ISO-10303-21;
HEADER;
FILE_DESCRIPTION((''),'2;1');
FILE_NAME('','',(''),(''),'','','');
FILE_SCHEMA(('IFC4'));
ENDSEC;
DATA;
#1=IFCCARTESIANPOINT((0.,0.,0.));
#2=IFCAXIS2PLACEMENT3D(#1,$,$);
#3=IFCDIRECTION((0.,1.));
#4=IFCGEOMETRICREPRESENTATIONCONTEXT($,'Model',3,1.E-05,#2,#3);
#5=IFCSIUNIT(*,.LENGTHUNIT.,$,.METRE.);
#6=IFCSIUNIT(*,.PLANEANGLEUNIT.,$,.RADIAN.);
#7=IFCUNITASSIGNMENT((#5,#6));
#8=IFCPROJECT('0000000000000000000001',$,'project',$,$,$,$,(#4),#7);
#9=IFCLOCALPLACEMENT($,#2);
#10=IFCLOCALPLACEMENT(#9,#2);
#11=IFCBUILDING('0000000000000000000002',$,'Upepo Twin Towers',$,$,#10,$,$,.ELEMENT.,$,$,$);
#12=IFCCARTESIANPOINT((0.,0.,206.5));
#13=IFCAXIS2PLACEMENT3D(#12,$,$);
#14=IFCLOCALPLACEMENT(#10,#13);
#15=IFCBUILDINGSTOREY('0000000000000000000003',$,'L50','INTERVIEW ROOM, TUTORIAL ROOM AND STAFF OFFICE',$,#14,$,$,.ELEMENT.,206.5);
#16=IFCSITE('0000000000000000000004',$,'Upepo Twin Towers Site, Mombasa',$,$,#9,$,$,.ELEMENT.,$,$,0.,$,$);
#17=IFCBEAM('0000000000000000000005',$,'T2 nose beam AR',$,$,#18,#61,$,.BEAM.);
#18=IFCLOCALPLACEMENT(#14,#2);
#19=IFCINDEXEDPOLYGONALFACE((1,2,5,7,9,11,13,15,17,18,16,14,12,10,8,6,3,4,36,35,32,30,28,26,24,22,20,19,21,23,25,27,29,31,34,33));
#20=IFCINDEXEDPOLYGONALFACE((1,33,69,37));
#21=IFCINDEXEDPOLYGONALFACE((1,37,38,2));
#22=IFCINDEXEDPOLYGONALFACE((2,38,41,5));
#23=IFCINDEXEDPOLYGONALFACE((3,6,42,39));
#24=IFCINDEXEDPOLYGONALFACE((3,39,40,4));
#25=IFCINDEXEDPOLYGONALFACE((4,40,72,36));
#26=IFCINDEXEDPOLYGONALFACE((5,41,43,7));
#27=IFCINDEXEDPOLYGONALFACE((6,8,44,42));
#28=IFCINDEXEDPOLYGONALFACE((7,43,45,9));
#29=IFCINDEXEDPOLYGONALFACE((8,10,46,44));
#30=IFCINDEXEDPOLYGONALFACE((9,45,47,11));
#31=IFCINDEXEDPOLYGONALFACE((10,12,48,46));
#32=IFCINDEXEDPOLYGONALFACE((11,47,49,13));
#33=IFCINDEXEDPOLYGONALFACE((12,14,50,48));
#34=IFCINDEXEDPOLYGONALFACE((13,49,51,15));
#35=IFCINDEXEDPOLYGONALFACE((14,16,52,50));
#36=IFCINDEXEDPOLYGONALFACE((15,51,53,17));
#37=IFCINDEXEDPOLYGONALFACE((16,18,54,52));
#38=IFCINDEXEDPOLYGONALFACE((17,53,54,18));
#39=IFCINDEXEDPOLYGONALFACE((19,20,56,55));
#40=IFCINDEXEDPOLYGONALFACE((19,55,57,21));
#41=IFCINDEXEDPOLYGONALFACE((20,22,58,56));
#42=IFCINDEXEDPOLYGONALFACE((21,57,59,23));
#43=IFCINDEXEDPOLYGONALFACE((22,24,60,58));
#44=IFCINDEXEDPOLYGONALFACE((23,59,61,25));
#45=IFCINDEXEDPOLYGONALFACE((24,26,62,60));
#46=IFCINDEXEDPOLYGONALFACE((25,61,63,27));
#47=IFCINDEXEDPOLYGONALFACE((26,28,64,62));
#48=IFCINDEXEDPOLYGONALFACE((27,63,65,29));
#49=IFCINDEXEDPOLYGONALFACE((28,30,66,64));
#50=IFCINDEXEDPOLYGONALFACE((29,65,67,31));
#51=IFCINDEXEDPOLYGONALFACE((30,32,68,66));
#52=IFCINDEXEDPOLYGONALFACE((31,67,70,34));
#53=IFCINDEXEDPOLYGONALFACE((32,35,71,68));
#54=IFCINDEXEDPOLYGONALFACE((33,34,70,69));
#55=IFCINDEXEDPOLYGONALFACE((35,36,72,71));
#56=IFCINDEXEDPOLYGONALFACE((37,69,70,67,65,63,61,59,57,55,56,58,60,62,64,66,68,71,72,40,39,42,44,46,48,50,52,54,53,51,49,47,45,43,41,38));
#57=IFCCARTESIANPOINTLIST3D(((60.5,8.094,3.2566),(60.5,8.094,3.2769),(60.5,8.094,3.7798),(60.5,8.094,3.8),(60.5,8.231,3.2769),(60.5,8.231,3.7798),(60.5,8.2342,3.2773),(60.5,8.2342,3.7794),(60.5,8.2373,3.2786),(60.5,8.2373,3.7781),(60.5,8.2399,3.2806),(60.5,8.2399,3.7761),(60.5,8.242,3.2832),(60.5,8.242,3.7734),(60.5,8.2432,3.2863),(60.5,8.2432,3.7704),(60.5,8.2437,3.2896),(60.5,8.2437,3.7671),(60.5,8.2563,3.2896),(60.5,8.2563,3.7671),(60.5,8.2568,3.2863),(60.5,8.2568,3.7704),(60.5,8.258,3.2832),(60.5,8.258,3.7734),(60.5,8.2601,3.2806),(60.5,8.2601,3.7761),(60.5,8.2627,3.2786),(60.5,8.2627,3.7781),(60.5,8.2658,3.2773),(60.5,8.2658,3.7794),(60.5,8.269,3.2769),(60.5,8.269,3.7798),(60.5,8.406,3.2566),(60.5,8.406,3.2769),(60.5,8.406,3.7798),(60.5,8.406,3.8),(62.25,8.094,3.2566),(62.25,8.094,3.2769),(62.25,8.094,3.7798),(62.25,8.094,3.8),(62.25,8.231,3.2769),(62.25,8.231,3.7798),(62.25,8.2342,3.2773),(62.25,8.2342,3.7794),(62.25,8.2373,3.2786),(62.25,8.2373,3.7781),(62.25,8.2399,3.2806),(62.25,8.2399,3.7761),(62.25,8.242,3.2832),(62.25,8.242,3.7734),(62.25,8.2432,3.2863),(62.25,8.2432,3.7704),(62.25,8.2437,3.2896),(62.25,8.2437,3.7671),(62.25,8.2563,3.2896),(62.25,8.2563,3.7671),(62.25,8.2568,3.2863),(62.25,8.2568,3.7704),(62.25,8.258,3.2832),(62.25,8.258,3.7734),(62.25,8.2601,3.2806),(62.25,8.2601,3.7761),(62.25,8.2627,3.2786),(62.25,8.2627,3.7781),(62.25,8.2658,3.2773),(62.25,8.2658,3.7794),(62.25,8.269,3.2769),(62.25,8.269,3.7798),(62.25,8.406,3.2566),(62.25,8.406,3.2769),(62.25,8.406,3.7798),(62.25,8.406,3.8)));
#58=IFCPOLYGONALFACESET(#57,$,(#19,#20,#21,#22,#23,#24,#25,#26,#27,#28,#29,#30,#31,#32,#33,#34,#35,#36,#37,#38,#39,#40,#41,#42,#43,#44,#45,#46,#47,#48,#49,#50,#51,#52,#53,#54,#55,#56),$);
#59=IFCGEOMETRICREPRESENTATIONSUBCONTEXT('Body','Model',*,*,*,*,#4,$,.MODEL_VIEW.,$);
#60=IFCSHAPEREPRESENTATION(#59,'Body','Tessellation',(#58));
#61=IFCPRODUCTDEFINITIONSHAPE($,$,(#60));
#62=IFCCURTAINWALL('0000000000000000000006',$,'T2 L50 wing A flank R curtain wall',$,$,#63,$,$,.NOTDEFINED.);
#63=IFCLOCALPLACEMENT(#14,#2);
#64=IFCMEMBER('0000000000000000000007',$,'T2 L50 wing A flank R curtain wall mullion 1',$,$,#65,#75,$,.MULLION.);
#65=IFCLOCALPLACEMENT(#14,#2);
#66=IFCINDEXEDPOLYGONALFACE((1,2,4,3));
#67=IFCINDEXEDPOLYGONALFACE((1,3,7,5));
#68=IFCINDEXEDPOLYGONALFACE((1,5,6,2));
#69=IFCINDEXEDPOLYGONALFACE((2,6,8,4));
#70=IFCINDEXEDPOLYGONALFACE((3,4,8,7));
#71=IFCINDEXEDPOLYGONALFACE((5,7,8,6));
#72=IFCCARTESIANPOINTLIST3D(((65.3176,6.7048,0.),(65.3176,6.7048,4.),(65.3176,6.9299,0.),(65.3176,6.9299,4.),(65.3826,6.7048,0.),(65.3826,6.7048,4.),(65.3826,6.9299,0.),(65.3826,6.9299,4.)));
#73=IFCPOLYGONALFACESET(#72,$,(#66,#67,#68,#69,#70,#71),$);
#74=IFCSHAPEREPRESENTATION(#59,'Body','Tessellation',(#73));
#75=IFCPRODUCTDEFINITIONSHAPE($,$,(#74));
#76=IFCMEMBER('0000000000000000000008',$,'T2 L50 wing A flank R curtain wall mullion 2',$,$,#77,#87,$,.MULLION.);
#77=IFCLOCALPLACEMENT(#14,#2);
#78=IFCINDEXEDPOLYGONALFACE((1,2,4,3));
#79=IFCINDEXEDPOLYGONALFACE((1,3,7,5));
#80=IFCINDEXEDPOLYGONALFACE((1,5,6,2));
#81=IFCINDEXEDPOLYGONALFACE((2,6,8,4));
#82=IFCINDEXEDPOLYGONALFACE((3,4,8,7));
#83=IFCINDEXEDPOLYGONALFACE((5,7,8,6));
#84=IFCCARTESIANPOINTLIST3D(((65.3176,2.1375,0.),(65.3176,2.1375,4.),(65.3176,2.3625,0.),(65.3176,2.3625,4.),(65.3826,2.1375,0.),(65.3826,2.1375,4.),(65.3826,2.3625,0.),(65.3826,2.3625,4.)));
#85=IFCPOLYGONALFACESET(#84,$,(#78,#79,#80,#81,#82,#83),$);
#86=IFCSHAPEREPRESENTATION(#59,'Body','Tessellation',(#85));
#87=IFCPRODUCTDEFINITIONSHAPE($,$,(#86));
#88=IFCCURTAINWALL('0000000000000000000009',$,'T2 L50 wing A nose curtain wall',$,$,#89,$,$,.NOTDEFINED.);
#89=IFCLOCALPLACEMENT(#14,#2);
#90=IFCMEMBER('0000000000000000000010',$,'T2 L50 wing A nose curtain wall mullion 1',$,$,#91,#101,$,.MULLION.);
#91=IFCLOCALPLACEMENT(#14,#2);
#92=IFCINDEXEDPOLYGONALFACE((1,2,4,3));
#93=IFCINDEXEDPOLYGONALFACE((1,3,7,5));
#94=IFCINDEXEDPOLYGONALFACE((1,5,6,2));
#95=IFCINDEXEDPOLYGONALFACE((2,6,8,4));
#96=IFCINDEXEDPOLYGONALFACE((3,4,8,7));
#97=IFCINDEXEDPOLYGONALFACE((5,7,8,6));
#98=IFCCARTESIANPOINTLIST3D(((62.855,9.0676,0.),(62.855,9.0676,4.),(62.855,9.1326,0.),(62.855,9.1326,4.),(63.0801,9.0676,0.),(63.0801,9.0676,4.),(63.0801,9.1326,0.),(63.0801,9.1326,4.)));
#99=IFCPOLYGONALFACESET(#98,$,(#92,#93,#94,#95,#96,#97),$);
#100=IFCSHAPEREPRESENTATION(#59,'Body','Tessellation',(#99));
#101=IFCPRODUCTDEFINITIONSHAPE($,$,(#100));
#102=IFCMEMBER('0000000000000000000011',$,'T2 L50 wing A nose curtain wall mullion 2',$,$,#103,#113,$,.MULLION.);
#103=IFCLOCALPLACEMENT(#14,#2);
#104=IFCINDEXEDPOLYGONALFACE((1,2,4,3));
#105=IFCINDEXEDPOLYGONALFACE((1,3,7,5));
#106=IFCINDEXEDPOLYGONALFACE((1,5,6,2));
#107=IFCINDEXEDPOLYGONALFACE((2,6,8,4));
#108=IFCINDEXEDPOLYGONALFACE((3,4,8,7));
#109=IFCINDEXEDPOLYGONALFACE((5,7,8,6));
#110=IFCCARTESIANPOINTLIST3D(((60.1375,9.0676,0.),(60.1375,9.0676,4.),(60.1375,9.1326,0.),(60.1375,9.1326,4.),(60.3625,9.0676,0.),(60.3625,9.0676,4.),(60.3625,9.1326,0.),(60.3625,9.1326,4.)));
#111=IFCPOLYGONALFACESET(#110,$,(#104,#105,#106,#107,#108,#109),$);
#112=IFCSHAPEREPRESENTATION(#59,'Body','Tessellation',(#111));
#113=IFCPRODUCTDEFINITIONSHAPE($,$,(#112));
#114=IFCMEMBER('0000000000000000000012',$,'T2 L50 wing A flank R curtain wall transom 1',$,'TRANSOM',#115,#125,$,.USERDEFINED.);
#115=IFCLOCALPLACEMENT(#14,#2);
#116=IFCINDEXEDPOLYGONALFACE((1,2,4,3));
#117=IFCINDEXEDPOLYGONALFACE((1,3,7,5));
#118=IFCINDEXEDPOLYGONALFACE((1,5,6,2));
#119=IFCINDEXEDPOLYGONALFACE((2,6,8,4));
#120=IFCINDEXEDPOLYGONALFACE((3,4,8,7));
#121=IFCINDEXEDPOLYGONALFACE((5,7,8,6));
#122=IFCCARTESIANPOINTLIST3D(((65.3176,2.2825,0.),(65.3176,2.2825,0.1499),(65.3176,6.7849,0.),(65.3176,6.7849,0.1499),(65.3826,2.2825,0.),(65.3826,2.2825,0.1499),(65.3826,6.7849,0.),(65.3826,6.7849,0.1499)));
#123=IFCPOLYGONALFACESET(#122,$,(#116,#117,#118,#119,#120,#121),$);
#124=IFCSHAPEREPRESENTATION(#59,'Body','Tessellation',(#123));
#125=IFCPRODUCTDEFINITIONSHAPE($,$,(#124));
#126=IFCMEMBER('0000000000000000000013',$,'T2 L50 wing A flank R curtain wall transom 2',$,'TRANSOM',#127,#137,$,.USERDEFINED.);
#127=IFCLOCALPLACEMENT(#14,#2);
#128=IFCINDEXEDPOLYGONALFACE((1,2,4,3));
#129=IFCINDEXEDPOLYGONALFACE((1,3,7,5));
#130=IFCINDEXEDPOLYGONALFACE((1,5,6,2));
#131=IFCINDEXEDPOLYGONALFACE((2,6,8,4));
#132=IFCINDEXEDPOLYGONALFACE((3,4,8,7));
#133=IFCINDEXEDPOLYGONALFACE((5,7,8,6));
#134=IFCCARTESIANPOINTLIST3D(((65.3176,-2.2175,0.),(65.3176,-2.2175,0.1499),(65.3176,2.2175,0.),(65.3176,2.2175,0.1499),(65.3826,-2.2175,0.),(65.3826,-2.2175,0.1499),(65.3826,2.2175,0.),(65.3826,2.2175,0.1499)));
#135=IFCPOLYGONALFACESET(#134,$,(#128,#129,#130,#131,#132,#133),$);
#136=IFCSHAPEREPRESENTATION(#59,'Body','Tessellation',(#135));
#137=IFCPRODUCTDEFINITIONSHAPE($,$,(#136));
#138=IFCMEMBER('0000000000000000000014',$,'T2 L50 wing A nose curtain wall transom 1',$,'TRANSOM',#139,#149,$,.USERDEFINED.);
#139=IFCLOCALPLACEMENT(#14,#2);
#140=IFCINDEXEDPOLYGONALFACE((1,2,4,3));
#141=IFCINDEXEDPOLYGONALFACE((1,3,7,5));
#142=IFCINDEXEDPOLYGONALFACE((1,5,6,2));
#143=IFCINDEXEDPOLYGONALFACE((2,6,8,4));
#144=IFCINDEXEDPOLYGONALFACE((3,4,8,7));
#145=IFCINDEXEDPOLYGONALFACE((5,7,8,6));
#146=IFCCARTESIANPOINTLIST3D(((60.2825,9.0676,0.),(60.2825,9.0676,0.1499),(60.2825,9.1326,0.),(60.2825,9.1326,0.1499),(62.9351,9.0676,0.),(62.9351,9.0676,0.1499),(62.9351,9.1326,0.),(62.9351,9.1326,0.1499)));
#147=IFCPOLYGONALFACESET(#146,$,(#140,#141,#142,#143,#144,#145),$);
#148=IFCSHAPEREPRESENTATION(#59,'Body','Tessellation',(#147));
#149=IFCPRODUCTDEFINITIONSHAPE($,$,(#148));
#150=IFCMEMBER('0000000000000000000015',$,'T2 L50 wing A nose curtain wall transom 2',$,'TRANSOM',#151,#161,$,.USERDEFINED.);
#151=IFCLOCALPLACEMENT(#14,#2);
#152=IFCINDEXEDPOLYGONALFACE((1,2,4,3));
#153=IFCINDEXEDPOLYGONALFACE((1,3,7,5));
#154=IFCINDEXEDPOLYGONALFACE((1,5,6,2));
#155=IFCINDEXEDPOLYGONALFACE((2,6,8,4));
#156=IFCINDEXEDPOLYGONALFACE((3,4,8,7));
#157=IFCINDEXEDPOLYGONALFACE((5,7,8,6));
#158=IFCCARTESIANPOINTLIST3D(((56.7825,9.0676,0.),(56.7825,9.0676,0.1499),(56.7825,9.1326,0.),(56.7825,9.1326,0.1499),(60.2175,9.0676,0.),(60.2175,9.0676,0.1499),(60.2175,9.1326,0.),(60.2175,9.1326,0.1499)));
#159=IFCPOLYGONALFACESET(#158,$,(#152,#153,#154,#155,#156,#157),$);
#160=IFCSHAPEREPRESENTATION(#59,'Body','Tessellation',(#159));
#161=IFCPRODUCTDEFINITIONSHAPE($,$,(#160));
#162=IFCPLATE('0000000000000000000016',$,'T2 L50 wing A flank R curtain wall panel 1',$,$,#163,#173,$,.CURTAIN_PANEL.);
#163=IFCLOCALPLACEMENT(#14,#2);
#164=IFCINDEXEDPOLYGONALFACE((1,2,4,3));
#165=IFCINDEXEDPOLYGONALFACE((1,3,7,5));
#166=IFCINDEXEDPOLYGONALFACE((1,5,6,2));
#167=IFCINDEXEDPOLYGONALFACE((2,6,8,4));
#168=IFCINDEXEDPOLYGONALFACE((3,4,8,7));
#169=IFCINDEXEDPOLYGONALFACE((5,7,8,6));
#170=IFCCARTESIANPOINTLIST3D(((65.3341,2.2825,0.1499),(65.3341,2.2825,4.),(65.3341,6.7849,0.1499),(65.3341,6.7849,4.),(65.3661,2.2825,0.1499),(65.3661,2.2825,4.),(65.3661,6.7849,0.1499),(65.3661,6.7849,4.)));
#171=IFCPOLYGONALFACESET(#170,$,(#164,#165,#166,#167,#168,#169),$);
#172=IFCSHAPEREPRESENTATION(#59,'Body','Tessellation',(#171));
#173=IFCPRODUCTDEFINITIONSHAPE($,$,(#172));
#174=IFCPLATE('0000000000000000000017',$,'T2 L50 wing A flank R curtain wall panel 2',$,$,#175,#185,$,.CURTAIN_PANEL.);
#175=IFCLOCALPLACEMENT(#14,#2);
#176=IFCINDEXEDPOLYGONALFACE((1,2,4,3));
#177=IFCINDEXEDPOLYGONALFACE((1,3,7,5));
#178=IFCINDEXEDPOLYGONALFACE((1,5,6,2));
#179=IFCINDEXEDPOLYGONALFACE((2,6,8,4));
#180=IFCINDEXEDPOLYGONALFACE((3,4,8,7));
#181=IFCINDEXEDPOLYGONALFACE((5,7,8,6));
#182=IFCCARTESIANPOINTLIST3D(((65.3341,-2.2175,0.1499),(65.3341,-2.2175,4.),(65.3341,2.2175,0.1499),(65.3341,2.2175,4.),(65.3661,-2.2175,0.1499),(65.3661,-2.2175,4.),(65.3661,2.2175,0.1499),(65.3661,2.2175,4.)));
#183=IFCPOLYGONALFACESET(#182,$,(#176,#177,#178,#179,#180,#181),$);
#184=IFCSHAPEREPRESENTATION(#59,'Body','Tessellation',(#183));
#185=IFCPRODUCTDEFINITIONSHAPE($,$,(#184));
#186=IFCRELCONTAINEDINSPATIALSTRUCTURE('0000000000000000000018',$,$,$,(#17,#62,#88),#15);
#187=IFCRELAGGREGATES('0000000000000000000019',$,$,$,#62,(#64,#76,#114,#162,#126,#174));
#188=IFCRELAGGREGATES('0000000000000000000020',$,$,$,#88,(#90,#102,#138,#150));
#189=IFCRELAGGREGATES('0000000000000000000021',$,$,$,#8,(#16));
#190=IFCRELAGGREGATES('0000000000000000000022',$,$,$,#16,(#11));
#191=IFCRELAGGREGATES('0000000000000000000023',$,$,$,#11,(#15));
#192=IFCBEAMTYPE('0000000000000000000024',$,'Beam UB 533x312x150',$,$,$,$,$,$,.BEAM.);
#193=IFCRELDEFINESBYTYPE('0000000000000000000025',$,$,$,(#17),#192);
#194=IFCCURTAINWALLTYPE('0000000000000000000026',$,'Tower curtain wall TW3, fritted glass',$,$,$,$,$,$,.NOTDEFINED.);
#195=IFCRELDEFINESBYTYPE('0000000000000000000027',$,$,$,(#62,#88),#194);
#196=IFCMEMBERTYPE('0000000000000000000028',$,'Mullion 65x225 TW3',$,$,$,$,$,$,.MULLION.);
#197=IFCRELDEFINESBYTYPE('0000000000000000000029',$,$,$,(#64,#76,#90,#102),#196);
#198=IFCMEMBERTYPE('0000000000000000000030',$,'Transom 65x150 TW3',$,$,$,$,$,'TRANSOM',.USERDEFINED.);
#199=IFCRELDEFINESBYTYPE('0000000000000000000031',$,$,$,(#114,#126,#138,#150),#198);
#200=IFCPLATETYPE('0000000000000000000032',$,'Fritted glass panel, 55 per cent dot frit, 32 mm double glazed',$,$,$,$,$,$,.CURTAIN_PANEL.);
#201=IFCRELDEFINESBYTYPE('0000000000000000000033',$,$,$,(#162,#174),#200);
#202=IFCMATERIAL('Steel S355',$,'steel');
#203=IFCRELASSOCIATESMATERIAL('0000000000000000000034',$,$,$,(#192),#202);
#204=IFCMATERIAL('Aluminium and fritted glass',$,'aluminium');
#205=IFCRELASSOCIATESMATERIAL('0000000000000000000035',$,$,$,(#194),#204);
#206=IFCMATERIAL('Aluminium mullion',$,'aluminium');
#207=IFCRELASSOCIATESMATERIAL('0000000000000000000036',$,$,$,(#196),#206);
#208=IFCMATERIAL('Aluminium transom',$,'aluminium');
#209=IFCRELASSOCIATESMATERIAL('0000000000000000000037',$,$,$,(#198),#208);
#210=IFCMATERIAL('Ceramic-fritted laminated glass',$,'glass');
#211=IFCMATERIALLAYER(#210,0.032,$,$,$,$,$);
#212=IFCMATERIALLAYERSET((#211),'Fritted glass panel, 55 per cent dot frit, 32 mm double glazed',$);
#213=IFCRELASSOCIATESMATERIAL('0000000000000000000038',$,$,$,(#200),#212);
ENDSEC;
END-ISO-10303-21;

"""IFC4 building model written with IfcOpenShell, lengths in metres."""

from ifc_helpers import new_model, si_unit, direction, frame, origin, origin_2d, place, context, subcontext, project, spatial, rectangle, i_section, extrude, material, layer, layer_set, material_profile, profile_set, type_object, element, aggregate, save


model = new_model("IFC4")

# Units and contexts
model_context = context("Model", 3, precision=1e-05, world=origin(), true_north=direction((0.0, 1.0)))
body_context = subcontext(model_context, "Body", "Model", "MODEL_VIEW")
ifc_project = project(units=[si_unit("LENGTHUNIT", "METRE"), si_unit("PLANEANGLEUNIT", "RADIAN")], contexts=[model_context])

# Site, building, storey
site_placement = place(None, origin())
site = spatial("IfcSite", under=ifc_project, at=site_placement, Name="Upepo Twin Towers Site, Mombasa", CompositionType="ELEMENT", RefElevation=0.0)
building_placement = place(site_placement, origin())
building = spatial("IfcBuilding", under=site, at=building_placement, Name="Upepo Twin Towers", CompositionType="ELEMENT")
storey_placement = place(building_placement, frame((0.0, 0.0, 206.5)))
storey = spatial("IfcBuildingStorey", under=building, at=storey_placement, Name="L50", Description="INTERVIEW ROOM, TUTORIAL ROOM AND STAFF OFFICE", CompositionType="ELEMENT", Elevation=206.5)

# Beam
ifc_material_1 = material(Name="Steel S355", Category="steel")
ifc_material_profile_1 = material_profile(ifc_material_1, i_section(OverallWidth=0.312, OverallDepth=0.5435, WebThickness=0.0127, FlangeThickness=0.0203, FilletRadius=0.0127, at=origin_2d()), Name="UB 533x312x150")
ifc_profile_set_1 = profile_set([ifc_material_profile_1], Name="Steel S355")
beam_type_1 = type_object("IfcBeamType", Name="Beam UB 533x312x150", PredefinedType="BEAM", material=ifc_profile_set_1)
beam_1_placement = place(storey_placement, frame((62.25, 8.25, 3.5283), z_axis=(-1.0, 0.0, 0.0), x_axis=(0.0, -1.0, 0.0)))
element("IfcBeam", 1, at=beam_1_placement, inside=storey, type_object=beam_type_1, Name="T2 nose beam AR", PredefinedType="BEAM", context=body_context, shape_type="SweptSolid", body=[
    extrude(i_section(OverallWidth=0.312, OverallDepth=0.5435, WebThickness=0.0127, FlangeThickness=0.0203, FilletRadius=0.0127, at=origin_2d()), origin(), (0.0, 0.0, 1.0), 1.75),
])

# Curtain walls, members
ifc_material_2 = material(Name="Aluminium and fritted glass", Category="aluminium")
curtain_wall_type = type_object("IfcCurtainWallType", Name="Tower curtain wall TW3, fritted glass", PredefinedType="NOTDEFINED", material=ifc_material_2)
curtain_wall_1_placement = place(storey_placement, origin())
curtain_wall_1 = element("IfcCurtainWall", 2, at=curtain_wall_1_placement, inside=storey, type_object=curtain_wall_type, Name="T2 L50 wing A flank R curtain wall", PredefinedType="NOTDEFINED")
ifc_material_3 = material(Name="Aluminium mullion", Category="aluminium")
ifc_material_profile_2 = material_profile(ifc_material_3, rectangle(XDim=0.0649, YDim=0.2251, at=origin_2d()), Name="MULLION 65x225")
ifc_profile_set_2 = profile_set([ifc_material_profile_2], Name="Aluminium mullion")
member_type_1 = type_object("IfcMemberType", Name="Mullion 65x225 TW3", PredefinedType="MULLION", material=ifc_profile_set_2)
member_1_placement = place(storey_placement, frame((65.3501, 6.8174, 0.0), z_axis=(0.0, 0.0, 1.0), x_axis=(1.0, 0.0, 0.0)))
member_1 = element("IfcMember", 3, at=member_1_placement, type_object=member_type_1, Name="T2 L50 wing A flank R curtain wall mullion 1", PredefinedType="MULLION", context=body_context, shape_type="SweptSolid", body=[
    extrude(rectangle(XDim=0.0649, YDim=0.2251, at=origin_2d()), origin(), (0.0, 0.0, 1.0), 4.0),
])
member_2_placement = place(storey_placement, frame((65.3501, 2.25, 0.0), z_axis=(0.0, 0.0, 1.0), x_axis=(1.0, 0.0, 0.0)))
member_2 = element("IfcMember", 4, at=member_2_placement, type_object=member_type_1, Name="T2 L50 wing A flank R curtain wall mullion 2", PredefinedType="MULLION", context=body_context, shape_type="SweptSolid", body=[
    extrude(rectangle(XDim=0.0649, YDim=0.2251, at=origin_2d()), origin(), (0.0, 0.0, 1.0), 4.0),
])
curtain_wall_2_placement = place(storey_placement, origin())
curtain_wall_2 = element("IfcCurtainWall", 5, at=curtain_wall_2_placement, inside=storey, type_object=curtain_wall_type, Name="T2 L50 wing A nose curtain wall", PredefinedType="NOTDEFINED")
member_3_placement = place(storey_placement, frame((62.9675, 9.1001, 0.0), z_axis=(0.0, 0.0, 1.0), x_axis=(0.0, -1.0, 0.0)))
member_3 = element("IfcMember", 6, at=member_3_placement, type_object=member_type_1, Name="T2 L50 wing A nose curtain wall mullion 1", PredefinedType="MULLION", context=body_context, shape_type="SweptSolid", body=[
    extrude(rectangle(XDim=0.0649, YDim=0.2251, at=origin_2d()), origin(), (0.0, 0.0, 1.0), 4.0),
])
member_4_placement = place(storey_placement, frame((60.25, 9.1001, 0.0), z_axis=(0.0, 0.0, 1.0), x_axis=(0.0, -1.0, 0.0)))
member_4 = element("IfcMember", 7, at=member_4_placement, type_object=member_type_1, Name="T2 L50 wing A nose curtain wall mullion 2", PredefinedType="MULLION", context=body_context, shape_type="SweptSolid", body=[
    extrude(rectangle(XDim=0.0649, YDim=0.2251, at=origin_2d()), origin(), (0.0, 0.0, 1.0), 4.0),
])

# Members
ifc_material_4 = material(Name="Aluminium transom", Category="aluminium")
ifc_material_profile_3 = material_profile(ifc_material_4, rectangle(XDim=0.0649, YDim=0.1499, at=origin_2d()), Name="TRANSOM 65x150")
ifc_profile_set_3 = profile_set([ifc_material_profile_3], Name="Aluminium transom")
member_type_2 = type_object("IfcMemberType", Name="Transom 65x150 TW3", ElementType="TRANSOM", PredefinedType="USERDEFINED", material=ifc_profile_set_3)
member_5_placement = place(storey_placement, frame((65.3501, 6.7849, 0.075), z_axis=(0.0, -1.0, 0.0), x_axis=(1.0, 0.0, 0.0)))
member_5 = element("IfcMember", 8, at=member_5_placement, type_object=member_type_2, Name="T2 L50 wing A flank R curtain wall transom 1", ObjectType="TRANSOM", PredefinedType="USERDEFINED", context=body_context, shape_type="SweptSolid", body=[
    extrude(rectangle(XDim=0.0649, YDim=0.1499, at=origin_2d()), origin(), (0.0, 0.0, 1.0), 4.5024),
])
member_6_placement = place(storey_placement, frame((65.3501, 2.2175, 0.075), z_axis=(0.0, -1.0, 0.0), x_axis=(1.0, 0.0, 0.0)))
member_6 = element("IfcMember", 9, at=member_6_placement, type_object=member_type_2, Name="T2 L50 wing A flank R curtain wall transom 2", ObjectType="TRANSOM", PredefinedType="USERDEFINED", context=body_context, shape_type="SweptSolid", body=[
    extrude(rectangle(XDim=0.0649, YDim=0.1499, at=origin_2d()), origin(), (0.0, 0.0, 1.0), 4.4351),
])
member_7_placement = place(storey_placement, frame((62.9351, 9.1001, 0.075), z_axis=(-1.0, 0.0, 0.0), x_axis=(0.0, -1.0, 0.0)))
member_7 = element("IfcMember", 10, at=member_7_placement, type_object=member_type_2, Name="T2 L50 wing A nose curtain wall transom 1", ObjectType="TRANSOM", PredefinedType="USERDEFINED", context=body_context, shape_type="SweptSolid", body=[
    extrude(rectangle(XDim=0.0649, YDim=0.1499, at=origin_2d()), origin(), (0.0, 0.0, 1.0), 2.6526),
])
member_8_placement = place(storey_placement, frame((60.2175, 9.1001, 0.075), z_axis=(-1.0, 0.0, 0.0), x_axis=(0.0, -1.0, 0.0)))
member_8 = element("IfcMember", 11, at=member_8_placement, type_object=member_type_2, Name="T2 L50 wing A nose curtain wall transom 2", ObjectType="TRANSOM", PredefinedType="USERDEFINED", context=body_context, shape_type="SweptSolid", body=[
    extrude(rectangle(XDim=0.0649, YDim=0.1499, at=origin_2d()), origin(), (0.0, 0.0, 1.0), 3.4351),
])

# Plates
ifc_material_5 = material(Name="Ceramic-fritted laminated glass", Category="glass")
ifc_layer_1 = layer(ifc_material_5, 0.032)
ifc_layer_set_1 = layer_set([ifc_layer_1], Name="Fritted glass panel, 55 per cent dot frit, 32 mm double glazed")
plate_type_1 = type_object("IfcPlateType", Name="Fritted glass panel, 55 per cent dot frit, 32 mm double glazed", PredefinedType="CURTAIN_PANEL", material=ifc_layer_set_1)
plate_1_placement = place(storey_placement, frame((65.3501, 4.5337, 0.1499), z_axis=(0.0, 0.0, 1.0), x_axis=(0.0, -1.0, 0.0)))
plate_1 = element("IfcPlate", 12, at=plate_1_placement, type_object=plate_type_1, Name="T2 L50 wing A flank R curtain wall panel 1", PredefinedType="CURTAIN_PANEL", context=body_context, shape_type="SweptSolid", body=[
    extrude(rectangle(XDim=4.5024, YDim=0.032, at=origin_2d()), origin(), (0.0, 0.0, 1.0), 3.8501),
])
plate_2_placement = place(storey_placement, frame((65.3501, 0.0, 0.1499), z_axis=(0.0, 0.0, 1.0), x_axis=(0.0, -1.0, 0.0)))
plate_2 = element("IfcPlate", 13, at=plate_2_placement, type_object=plate_type_1, Name="T2 L50 wing A flank R curtain wall panel 2", PredefinedType="CURTAIN_PANEL", context=body_context, shape_type="SweptSolid", body=[
    extrude(rectangle(XDim=4.4351, YDim=0.032, at=origin_2d()), origin(), (0.0, 0.0, 1.0), 3.8501),
])
aggregate(curtain_wall_1, [member_1, member_2, member_5, plate_1, member_6, plate_2])
aggregate(curtain_wall_2, [member_3, member_4, member_7, member_8])

save(model, "model.ifc")
